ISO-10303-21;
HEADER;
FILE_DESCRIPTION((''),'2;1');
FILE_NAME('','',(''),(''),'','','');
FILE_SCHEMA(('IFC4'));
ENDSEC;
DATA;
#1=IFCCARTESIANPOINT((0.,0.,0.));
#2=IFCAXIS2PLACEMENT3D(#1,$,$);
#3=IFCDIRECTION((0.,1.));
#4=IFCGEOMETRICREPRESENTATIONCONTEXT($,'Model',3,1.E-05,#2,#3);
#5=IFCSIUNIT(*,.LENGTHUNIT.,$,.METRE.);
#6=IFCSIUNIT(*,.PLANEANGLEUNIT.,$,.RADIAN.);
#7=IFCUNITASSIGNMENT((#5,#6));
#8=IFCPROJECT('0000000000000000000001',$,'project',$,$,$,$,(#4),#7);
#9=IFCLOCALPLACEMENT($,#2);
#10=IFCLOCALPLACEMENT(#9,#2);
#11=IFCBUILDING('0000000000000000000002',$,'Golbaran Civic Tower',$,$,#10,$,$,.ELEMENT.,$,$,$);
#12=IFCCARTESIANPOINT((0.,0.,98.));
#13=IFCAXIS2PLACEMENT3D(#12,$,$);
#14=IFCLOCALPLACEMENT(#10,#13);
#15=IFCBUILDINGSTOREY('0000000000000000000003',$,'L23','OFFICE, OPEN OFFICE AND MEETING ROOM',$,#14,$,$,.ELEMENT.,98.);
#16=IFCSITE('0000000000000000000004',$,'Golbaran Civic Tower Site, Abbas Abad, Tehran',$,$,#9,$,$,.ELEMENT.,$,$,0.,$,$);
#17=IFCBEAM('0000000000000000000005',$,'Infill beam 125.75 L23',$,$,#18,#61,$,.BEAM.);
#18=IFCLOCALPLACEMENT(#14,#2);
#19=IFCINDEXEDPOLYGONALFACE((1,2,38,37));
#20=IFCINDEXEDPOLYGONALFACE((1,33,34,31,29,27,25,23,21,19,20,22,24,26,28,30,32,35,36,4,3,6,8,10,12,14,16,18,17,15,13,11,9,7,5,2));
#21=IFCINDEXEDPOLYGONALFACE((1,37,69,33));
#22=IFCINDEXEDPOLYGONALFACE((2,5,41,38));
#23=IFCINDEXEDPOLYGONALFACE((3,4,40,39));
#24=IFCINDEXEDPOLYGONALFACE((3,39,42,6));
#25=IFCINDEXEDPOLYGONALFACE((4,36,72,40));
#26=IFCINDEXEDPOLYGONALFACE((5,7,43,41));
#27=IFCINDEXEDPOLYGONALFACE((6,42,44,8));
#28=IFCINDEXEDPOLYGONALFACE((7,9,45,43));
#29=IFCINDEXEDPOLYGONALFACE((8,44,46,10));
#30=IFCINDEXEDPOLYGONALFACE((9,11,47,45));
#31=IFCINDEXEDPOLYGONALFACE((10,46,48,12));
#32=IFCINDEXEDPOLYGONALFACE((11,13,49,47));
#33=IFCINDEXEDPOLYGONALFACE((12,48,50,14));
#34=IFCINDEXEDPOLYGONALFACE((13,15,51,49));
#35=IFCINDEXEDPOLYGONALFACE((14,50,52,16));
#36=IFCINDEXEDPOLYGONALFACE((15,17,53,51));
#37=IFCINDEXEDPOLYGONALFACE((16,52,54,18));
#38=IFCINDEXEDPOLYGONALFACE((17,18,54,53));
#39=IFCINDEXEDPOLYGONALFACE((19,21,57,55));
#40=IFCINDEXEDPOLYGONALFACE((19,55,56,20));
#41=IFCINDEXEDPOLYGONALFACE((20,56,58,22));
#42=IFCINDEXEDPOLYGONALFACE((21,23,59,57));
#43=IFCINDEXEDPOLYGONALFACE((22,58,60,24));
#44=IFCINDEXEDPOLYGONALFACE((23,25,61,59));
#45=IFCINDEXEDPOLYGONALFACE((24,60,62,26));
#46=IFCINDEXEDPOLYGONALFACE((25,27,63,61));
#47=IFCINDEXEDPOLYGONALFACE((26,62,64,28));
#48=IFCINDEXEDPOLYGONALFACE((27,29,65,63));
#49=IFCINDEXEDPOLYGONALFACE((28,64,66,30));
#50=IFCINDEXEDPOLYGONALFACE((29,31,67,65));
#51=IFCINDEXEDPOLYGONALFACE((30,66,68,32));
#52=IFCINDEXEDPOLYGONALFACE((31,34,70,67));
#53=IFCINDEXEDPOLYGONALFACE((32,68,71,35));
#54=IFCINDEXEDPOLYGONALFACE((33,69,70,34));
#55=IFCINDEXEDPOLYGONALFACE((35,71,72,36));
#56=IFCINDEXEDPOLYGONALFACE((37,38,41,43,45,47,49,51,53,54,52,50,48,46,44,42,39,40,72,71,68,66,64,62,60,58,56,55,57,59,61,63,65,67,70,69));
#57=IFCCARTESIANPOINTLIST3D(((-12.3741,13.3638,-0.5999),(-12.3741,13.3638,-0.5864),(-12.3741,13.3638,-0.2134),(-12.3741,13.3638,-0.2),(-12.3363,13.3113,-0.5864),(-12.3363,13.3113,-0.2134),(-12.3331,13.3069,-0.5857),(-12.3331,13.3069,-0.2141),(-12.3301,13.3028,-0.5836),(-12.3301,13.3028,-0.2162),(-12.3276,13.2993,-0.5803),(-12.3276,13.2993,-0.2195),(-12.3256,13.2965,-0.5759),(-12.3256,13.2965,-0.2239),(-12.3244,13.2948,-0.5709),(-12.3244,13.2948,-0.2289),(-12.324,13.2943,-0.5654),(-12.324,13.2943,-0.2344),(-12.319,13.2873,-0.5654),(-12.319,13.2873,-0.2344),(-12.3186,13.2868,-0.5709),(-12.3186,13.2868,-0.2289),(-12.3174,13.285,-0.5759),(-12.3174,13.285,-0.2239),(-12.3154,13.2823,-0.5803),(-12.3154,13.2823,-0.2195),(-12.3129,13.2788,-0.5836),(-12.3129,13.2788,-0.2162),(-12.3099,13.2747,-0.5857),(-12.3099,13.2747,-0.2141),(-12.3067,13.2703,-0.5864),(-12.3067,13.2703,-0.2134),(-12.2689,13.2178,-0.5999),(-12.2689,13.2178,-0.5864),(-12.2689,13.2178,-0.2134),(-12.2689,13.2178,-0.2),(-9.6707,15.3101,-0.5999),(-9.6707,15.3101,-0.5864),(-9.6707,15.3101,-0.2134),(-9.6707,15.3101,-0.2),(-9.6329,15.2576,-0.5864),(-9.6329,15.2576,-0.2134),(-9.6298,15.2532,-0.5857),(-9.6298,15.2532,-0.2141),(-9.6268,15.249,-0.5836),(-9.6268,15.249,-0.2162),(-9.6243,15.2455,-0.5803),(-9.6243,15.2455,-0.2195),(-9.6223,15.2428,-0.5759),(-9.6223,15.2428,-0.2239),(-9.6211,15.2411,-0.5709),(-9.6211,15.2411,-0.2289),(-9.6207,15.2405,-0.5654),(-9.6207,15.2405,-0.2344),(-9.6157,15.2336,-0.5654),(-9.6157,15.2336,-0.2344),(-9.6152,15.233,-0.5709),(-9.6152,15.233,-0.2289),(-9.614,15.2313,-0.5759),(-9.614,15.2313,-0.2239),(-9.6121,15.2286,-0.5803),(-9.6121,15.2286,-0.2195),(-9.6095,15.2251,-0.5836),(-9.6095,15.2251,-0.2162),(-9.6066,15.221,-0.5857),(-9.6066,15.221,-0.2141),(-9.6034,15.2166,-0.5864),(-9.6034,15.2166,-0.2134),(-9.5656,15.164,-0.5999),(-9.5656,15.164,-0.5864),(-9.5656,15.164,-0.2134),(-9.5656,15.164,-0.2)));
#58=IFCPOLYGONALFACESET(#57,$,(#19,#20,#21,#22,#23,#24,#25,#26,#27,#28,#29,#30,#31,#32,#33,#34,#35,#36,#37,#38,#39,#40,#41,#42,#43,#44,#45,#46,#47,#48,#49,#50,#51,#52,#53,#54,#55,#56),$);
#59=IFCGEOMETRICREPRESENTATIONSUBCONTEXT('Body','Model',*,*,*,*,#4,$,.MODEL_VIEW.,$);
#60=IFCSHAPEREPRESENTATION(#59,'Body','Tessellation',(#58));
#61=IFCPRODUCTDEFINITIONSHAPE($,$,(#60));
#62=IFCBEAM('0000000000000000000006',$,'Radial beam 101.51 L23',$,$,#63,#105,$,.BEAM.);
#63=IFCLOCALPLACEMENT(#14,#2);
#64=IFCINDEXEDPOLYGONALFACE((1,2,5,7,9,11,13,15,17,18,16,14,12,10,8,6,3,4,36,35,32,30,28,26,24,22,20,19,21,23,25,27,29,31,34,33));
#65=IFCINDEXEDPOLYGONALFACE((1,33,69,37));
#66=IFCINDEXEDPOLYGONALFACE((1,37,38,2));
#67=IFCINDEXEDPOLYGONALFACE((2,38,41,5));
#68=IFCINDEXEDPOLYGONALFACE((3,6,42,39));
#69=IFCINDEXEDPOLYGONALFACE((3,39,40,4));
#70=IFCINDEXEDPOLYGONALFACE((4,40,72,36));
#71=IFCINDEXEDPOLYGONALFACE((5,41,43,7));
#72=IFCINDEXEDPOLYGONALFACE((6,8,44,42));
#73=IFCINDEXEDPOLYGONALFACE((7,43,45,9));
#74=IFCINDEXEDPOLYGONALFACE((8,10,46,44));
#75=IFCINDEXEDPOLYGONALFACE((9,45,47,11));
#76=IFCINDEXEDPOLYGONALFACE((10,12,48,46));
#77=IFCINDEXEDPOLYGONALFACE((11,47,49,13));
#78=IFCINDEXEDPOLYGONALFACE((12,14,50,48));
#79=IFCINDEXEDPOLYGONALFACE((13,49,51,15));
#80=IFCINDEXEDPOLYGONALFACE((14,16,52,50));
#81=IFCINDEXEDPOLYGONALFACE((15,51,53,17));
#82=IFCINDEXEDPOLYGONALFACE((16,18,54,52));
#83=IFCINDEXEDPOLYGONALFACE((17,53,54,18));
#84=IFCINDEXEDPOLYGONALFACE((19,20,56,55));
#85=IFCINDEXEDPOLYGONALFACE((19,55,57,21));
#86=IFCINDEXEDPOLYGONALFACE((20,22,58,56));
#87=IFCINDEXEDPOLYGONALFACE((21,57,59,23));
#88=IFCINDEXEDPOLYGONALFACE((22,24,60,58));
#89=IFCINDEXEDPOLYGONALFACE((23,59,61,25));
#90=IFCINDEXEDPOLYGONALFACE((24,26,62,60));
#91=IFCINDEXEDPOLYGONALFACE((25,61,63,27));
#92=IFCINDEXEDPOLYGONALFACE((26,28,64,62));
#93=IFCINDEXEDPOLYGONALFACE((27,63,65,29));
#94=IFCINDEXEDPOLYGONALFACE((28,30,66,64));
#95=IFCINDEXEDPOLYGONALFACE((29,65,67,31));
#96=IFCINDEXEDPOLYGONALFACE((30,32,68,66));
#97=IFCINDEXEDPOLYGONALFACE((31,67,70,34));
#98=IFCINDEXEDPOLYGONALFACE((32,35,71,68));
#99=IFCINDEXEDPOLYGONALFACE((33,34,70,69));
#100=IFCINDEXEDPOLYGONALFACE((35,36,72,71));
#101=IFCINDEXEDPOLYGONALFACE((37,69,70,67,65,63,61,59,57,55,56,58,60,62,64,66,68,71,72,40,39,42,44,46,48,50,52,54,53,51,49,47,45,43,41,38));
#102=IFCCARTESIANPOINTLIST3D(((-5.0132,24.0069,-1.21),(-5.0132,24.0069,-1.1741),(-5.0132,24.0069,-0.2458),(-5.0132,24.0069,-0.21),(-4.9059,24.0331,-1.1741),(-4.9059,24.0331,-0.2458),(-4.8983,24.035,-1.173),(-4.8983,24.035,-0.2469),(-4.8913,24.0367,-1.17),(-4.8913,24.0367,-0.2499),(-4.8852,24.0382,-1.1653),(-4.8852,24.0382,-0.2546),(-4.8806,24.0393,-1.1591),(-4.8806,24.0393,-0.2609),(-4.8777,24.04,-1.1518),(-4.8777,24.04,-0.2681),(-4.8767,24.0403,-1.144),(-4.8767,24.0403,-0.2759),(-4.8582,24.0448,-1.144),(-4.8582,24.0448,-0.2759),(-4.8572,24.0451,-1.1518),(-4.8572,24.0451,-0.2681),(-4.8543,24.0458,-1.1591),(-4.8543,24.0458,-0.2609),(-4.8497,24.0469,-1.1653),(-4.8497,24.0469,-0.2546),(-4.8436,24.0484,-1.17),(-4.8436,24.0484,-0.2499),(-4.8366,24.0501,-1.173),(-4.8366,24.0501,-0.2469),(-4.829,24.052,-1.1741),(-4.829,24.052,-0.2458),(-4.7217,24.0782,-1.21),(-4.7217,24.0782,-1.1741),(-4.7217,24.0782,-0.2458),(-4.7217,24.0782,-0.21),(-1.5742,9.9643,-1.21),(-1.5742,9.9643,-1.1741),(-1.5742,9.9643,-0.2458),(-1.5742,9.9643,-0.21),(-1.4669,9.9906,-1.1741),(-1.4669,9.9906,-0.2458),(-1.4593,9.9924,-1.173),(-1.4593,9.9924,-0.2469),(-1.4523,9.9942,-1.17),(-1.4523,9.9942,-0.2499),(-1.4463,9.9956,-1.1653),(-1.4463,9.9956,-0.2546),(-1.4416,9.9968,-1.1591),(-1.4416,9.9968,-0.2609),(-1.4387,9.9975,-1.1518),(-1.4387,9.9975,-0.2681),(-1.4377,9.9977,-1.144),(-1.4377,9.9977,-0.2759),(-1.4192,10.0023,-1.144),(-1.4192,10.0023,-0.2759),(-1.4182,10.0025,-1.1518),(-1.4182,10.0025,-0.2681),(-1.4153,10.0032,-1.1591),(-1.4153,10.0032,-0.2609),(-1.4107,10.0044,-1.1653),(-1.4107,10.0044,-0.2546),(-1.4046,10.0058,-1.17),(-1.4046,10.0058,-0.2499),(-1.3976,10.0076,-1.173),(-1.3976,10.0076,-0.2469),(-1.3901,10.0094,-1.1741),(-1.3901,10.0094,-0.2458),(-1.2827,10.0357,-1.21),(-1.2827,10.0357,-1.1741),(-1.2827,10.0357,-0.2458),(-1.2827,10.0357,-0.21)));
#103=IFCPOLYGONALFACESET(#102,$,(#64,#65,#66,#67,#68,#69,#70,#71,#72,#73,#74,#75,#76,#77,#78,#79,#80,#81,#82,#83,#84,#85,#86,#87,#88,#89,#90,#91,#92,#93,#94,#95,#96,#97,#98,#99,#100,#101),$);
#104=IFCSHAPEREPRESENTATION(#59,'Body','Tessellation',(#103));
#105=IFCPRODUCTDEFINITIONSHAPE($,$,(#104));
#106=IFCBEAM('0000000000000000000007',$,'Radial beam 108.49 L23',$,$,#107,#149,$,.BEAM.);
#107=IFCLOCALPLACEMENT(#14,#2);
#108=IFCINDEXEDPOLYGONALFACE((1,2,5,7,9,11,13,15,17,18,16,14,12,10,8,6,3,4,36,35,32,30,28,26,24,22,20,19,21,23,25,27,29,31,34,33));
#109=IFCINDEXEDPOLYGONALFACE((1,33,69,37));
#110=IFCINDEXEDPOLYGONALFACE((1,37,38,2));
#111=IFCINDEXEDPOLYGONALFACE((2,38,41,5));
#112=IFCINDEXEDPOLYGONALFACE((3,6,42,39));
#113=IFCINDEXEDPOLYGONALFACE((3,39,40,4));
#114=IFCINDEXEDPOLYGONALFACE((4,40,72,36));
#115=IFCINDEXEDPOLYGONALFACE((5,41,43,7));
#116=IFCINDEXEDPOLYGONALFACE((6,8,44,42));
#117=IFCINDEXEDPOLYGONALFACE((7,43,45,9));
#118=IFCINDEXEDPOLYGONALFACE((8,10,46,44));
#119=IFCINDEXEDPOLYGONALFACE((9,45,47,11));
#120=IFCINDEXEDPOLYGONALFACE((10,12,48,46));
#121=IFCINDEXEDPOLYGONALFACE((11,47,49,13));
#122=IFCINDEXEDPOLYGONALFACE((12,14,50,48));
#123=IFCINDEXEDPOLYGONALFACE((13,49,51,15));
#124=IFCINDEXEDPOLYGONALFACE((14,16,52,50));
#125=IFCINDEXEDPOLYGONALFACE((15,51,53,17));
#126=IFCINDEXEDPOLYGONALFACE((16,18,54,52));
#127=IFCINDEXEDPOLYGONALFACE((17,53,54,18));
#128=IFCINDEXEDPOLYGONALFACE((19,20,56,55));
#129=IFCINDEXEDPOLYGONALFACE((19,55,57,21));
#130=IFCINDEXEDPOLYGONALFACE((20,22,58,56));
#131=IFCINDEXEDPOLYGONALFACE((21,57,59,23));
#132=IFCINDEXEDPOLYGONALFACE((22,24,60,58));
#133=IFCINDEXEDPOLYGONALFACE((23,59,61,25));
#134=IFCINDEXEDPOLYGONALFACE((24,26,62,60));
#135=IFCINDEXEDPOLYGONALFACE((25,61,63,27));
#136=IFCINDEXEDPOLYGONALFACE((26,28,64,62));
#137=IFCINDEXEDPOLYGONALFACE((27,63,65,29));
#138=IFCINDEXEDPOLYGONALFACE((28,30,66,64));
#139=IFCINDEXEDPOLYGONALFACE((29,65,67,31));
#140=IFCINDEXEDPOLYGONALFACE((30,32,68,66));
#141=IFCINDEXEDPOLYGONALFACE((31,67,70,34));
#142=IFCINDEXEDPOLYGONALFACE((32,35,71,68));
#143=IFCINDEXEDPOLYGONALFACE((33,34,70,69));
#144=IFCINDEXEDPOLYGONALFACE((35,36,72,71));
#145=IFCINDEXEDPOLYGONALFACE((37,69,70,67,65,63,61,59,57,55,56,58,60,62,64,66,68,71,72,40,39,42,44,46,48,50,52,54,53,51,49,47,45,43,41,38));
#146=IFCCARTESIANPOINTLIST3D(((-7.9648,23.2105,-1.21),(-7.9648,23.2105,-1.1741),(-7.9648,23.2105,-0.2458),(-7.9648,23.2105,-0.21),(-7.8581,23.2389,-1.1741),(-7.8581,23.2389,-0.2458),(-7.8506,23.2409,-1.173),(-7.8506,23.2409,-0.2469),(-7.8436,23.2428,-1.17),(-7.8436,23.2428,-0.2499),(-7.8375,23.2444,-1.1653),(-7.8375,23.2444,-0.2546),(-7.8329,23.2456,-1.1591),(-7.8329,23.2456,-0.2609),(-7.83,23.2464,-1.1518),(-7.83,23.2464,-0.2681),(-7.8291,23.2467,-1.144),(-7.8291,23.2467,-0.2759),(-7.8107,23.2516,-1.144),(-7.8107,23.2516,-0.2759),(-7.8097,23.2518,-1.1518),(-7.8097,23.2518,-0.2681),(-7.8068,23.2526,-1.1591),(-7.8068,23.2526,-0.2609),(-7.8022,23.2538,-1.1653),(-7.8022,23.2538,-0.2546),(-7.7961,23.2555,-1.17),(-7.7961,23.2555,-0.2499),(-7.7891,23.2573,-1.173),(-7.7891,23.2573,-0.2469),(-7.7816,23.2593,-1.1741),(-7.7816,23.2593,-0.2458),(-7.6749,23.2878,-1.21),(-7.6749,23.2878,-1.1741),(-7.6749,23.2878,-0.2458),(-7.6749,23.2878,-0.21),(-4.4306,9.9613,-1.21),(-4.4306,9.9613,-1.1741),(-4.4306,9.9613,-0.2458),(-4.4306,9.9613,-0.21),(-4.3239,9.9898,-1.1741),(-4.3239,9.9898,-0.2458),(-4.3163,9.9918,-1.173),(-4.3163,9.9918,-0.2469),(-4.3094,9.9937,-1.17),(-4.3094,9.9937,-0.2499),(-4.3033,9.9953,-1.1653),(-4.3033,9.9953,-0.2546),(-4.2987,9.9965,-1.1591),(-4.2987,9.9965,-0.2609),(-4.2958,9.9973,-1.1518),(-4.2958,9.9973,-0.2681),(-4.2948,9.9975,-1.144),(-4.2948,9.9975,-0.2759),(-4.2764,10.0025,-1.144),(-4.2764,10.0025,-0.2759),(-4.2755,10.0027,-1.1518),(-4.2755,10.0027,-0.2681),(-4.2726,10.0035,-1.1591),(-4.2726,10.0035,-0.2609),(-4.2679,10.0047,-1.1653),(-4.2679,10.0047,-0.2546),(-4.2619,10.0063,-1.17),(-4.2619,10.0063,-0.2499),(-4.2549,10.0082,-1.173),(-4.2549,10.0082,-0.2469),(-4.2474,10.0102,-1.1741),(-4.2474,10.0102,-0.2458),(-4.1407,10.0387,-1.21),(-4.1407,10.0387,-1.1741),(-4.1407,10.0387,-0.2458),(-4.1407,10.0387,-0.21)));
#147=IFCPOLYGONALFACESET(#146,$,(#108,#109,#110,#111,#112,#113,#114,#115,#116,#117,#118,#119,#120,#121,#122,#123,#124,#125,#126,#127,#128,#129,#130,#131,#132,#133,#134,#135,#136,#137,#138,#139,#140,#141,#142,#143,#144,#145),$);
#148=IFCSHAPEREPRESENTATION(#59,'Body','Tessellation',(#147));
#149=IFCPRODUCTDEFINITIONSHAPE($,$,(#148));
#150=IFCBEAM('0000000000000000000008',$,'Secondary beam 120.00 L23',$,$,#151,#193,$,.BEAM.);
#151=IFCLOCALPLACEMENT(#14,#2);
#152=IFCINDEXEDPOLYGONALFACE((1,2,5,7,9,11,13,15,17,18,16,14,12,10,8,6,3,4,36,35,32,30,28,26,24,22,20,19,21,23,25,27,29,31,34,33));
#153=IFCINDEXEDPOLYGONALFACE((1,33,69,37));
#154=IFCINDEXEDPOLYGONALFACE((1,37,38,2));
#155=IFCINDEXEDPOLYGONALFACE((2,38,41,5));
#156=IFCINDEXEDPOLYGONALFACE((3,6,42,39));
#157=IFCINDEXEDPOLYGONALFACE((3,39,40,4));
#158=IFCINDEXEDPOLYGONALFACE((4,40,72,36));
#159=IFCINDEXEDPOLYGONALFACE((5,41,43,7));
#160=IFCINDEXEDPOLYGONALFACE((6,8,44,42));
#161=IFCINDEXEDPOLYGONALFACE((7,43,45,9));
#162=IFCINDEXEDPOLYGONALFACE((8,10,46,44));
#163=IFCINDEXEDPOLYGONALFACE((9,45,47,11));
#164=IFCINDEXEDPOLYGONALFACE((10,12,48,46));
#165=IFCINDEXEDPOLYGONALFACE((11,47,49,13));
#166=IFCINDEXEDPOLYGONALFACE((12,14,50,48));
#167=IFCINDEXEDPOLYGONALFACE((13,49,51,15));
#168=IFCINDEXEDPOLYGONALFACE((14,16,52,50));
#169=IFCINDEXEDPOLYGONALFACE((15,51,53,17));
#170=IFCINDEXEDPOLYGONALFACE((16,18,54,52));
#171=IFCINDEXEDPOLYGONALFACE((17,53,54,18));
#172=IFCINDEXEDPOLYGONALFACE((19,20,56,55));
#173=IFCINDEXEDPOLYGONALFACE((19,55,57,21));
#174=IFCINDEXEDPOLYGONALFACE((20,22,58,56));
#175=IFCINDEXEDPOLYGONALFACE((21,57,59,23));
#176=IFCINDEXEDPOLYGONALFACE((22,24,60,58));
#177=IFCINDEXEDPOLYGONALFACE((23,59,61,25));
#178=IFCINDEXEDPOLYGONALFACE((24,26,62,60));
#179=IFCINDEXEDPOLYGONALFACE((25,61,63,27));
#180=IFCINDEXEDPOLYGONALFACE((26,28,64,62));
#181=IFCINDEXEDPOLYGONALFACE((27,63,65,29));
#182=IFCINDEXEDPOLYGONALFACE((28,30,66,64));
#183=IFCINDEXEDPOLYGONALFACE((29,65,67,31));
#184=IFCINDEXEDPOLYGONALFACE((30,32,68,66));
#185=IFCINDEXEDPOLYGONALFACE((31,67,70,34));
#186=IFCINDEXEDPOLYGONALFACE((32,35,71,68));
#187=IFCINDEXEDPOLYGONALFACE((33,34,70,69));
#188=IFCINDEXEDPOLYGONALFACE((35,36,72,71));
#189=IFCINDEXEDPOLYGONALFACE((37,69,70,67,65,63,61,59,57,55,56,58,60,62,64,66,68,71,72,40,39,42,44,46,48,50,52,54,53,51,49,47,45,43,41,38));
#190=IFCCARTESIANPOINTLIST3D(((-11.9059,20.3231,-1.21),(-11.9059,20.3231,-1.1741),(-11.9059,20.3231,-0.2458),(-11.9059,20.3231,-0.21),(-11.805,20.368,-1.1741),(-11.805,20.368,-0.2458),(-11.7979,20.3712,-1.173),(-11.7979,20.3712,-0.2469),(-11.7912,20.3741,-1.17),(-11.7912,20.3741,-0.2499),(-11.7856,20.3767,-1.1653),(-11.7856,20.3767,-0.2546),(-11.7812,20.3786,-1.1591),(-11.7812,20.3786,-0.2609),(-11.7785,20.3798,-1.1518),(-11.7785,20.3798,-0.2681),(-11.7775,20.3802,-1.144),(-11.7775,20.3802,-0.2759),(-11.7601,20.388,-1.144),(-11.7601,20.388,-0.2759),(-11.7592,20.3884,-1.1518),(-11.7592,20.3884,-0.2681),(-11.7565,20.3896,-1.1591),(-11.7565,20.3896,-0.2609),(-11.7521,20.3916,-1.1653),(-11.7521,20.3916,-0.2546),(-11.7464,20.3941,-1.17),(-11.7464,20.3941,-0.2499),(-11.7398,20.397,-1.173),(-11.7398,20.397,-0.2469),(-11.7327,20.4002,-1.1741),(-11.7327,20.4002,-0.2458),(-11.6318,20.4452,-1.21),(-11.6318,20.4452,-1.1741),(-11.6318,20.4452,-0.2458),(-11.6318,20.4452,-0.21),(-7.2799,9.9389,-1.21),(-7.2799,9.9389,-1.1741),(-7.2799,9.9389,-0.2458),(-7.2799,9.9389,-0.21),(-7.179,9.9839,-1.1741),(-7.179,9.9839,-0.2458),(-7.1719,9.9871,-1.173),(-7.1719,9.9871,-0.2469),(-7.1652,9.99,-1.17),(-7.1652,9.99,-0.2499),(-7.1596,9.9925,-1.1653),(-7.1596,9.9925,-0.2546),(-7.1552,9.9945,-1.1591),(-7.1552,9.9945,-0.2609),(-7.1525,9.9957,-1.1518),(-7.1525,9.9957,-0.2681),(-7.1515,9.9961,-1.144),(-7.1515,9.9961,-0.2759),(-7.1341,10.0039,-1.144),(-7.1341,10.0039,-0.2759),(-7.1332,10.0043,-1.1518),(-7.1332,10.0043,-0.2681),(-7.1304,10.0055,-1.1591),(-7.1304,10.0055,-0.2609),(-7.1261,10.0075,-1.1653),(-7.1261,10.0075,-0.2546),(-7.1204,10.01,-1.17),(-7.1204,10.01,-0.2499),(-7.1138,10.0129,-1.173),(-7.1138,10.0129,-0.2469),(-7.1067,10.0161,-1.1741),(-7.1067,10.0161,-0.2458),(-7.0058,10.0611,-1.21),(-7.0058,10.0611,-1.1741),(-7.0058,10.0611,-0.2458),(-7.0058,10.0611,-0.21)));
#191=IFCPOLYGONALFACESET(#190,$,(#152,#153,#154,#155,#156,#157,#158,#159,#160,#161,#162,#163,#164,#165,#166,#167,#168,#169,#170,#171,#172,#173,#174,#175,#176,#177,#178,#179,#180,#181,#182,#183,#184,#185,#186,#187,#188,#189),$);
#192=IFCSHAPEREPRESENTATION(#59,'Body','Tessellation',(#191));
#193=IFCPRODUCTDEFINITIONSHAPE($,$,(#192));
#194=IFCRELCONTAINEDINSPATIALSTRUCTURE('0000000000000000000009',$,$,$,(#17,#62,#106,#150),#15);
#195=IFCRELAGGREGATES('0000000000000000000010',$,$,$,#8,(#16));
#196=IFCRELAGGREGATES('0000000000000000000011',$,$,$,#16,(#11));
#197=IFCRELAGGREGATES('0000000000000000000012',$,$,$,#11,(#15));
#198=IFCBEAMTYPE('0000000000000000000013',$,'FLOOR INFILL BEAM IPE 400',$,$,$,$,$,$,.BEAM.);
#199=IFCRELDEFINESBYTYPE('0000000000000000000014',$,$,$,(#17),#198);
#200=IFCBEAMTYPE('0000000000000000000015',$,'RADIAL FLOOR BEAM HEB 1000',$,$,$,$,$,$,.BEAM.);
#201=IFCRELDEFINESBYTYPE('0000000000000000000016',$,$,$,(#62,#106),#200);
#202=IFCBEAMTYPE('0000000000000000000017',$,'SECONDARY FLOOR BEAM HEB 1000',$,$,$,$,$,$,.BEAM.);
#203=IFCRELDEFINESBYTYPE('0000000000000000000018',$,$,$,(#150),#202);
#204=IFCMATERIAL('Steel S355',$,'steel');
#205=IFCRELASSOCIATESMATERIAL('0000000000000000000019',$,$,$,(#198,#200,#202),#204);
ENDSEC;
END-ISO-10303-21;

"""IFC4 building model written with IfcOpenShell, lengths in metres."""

from ifc_helpers import new_model, si_unit, direction, frame, origin, origin_2d, place, context, subcontext, project, spatial, i_section, extrude, material, material_profile, profile_set, type_object, element, save


model = new_model("IFC4")

# Units and contexts
model_context = context("Model", 3, precision=1e-05, world=origin(), true_north=direction((0.0, 1.0)))
body_context = subcontext(model_context, "Body", "Model", "MODEL_VIEW")
ifc_project = project(units=[si_unit("LENGTHUNIT", "METRE"), si_unit("PLANEANGLEUNIT", "RADIAN")], contexts=[model_context])

# Site, building, storey
site_placement = place(None, origin())
site = spatial("IfcSite", under=ifc_project, at=site_placement, Name="Golbaran Civic Tower Site, Abbas Abad, Tehran", CompositionType="ELEMENT", RefElevation=0.0)
building_placement = place(site_placement, origin())
building = spatial("IfcBuilding", under=site, at=building_placement, Name="Golbaran Civic Tower", CompositionType="ELEMENT")
storey_placement = place(building_placement, frame((0.0, 0.0, 98.0)))
storey = spatial("IfcBuildingStorey", under=building, at=storey_placement, Name="L23", Description="OFFICE, OPEN OFFICE AND MEETING ROOM", CompositionType="ELEMENT", Elevation=98.0)

# Beams
ifc_material_1 = material(Name="Steel S355", Category="steel")
ifc_material_profile_1 = material_profile(ifc_material_1, i_section(OverallWidth=0.1799, OverallDepth=0.3999, WebThickness=0.0085, FlangeThickness=0.0134, FilletRadius=0.021, at=origin_2d()), Name="IPE 400")
ifc_profile_set_1 = profile_set([ifc_material_profile_1], Name="Steel S355")
beam_type_1 = type_object("IfcBeamType", Name="FLOOR INFILL BEAM IPE 400", PredefinedType="BEAM", material=ifc_profile_set_1)
beam_1_placement = place(storey_placement, frame((-9.6182, 15.2371, -0.3999), z_axis=(-0.811554, -0.584278, 0.0), x_axis=(0.584278, -0.811554, 0.0)))
element("IfcBeam", 1, at=beam_1_placement, inside=storey, type_object=beam_type_1, Name="Infill beam 125.75 L23", PredefinedType="BEAM", context=body_context, shape_type="SweptSolid", body=[
    extrude(i_section(OverallWidth=0.1799, OverallDepth=0.3999, WebThickness=0.0085, FlangeThickness=0.0134, FilletRadius=0.021, at=origin_2d()), origin(), (0.0, 0.0, 1.0), 3.3311),
])
ifc_material_profile_2 = material_profile(ifc_material_1, i_section(OverallWidth=0.3, OverallDepth=1.0, WebThickness=0.019, FlangeThickness=0.0359, FilletRadius=0.03, at=origin_2d()), Name="HEB 1000")
ifc_profile_set_2 = profile_set([ifc_material_profile_2], Name="Steel S355")
beam_type_2 = type_object("IfcBeamType", Name="RADIAL FLOOR BEAM HEB 1000", PredefinedType="BEAM", material=ifc_profile_set_2)
beam_2_placement = place(storey_placement, frame((-1.4285, 10.0, -0.71), z_axis=(-0.237868, 0.971297, 0.0), x_axis=(-0.971297, -0.237868, 0.0)))
element("IfcBeam", 2, at=beam_2_placement, inside=storey, type_object=beam_type_2, Name="Radial beam 101.51 L23", PredefinedType="BEAM", context=body_context, shape_type="SweptSolid", body=[
    extrude(i_section(OverallWidth=0.3, OverallDepth=1.0, WebThickness=0.019, FlangeThickness=0.0359, FilletRadius=0.03, at=origin_2d()), origin(), (0.0, 0.0, 1.0), 14.4575),
])
beam_3_placement = place(storey_placement, frame((-4.2856, 10.0, -0.71), z_axis=(-0.257738, 0.966215, 0.0), x_axis=(-0.966215, -0.257738, 0.0)))
element("IfcBeam", 3, at=beam_3_placement, inside=storey, type_object=beam_type_2, Name="Radial beam 108.49 L23", PredefinedType="BEAM", context=body_context, shape_type="SweptSolid", body=[
    extrude(i_section(OverallWidth=0.3, OverallDepth=1.0, WebThickness=0.019, FlangeThickness=0.0359, FilletRadius=0.03, at=origin_2d()), origin(), (0.0, 0.0, 1.0), 13.7124),
])
ifc_material_profile_3 = material_profile(ifc_material_1, i_section(OverallWidth=0.3, OverallDepth=1.0, WebThickness=0.019, FlangeThickness=0.0359, FilletRadius=0.03, at=origin_2d()), Name="HEB 1000")
ifc_profile_set_3 = profile_set([ifc_material_profile_3], Name="Steel S355")
beam_type_3 = type_object("IfcBeamType", Name="SECONDARY FLOOR BEAM HEB 1000", PredefinedType="BEAM", material=ifc_profile_set_3)
beam_4_placement = place(storey_placement, frame((-7.1428, 10.0, -0.71), z_axis=(-0.406935, 0.913457, 0.0), x_axis=(-0.913457, -0.406935, 0.0)))
element("IfcBeam", 4, at=beam_4_placement, inside=storey, type_object=beam_type_3, Name="Secondary beam 120.00 L23", PredefinedType="BEAM", context=body_context, shape_type="SweptSolid", body=[
    extrude(i_section(OverallWidth=0.3, OverallDepth=1.0, WebThickness=0.019, FlangeThickness=0.0359, FilletRadius=0.03, at=origin_2d()), origin(), (0.0, 0.0, 1.0), 11.3679),
])

save(model, "model.ifc")
